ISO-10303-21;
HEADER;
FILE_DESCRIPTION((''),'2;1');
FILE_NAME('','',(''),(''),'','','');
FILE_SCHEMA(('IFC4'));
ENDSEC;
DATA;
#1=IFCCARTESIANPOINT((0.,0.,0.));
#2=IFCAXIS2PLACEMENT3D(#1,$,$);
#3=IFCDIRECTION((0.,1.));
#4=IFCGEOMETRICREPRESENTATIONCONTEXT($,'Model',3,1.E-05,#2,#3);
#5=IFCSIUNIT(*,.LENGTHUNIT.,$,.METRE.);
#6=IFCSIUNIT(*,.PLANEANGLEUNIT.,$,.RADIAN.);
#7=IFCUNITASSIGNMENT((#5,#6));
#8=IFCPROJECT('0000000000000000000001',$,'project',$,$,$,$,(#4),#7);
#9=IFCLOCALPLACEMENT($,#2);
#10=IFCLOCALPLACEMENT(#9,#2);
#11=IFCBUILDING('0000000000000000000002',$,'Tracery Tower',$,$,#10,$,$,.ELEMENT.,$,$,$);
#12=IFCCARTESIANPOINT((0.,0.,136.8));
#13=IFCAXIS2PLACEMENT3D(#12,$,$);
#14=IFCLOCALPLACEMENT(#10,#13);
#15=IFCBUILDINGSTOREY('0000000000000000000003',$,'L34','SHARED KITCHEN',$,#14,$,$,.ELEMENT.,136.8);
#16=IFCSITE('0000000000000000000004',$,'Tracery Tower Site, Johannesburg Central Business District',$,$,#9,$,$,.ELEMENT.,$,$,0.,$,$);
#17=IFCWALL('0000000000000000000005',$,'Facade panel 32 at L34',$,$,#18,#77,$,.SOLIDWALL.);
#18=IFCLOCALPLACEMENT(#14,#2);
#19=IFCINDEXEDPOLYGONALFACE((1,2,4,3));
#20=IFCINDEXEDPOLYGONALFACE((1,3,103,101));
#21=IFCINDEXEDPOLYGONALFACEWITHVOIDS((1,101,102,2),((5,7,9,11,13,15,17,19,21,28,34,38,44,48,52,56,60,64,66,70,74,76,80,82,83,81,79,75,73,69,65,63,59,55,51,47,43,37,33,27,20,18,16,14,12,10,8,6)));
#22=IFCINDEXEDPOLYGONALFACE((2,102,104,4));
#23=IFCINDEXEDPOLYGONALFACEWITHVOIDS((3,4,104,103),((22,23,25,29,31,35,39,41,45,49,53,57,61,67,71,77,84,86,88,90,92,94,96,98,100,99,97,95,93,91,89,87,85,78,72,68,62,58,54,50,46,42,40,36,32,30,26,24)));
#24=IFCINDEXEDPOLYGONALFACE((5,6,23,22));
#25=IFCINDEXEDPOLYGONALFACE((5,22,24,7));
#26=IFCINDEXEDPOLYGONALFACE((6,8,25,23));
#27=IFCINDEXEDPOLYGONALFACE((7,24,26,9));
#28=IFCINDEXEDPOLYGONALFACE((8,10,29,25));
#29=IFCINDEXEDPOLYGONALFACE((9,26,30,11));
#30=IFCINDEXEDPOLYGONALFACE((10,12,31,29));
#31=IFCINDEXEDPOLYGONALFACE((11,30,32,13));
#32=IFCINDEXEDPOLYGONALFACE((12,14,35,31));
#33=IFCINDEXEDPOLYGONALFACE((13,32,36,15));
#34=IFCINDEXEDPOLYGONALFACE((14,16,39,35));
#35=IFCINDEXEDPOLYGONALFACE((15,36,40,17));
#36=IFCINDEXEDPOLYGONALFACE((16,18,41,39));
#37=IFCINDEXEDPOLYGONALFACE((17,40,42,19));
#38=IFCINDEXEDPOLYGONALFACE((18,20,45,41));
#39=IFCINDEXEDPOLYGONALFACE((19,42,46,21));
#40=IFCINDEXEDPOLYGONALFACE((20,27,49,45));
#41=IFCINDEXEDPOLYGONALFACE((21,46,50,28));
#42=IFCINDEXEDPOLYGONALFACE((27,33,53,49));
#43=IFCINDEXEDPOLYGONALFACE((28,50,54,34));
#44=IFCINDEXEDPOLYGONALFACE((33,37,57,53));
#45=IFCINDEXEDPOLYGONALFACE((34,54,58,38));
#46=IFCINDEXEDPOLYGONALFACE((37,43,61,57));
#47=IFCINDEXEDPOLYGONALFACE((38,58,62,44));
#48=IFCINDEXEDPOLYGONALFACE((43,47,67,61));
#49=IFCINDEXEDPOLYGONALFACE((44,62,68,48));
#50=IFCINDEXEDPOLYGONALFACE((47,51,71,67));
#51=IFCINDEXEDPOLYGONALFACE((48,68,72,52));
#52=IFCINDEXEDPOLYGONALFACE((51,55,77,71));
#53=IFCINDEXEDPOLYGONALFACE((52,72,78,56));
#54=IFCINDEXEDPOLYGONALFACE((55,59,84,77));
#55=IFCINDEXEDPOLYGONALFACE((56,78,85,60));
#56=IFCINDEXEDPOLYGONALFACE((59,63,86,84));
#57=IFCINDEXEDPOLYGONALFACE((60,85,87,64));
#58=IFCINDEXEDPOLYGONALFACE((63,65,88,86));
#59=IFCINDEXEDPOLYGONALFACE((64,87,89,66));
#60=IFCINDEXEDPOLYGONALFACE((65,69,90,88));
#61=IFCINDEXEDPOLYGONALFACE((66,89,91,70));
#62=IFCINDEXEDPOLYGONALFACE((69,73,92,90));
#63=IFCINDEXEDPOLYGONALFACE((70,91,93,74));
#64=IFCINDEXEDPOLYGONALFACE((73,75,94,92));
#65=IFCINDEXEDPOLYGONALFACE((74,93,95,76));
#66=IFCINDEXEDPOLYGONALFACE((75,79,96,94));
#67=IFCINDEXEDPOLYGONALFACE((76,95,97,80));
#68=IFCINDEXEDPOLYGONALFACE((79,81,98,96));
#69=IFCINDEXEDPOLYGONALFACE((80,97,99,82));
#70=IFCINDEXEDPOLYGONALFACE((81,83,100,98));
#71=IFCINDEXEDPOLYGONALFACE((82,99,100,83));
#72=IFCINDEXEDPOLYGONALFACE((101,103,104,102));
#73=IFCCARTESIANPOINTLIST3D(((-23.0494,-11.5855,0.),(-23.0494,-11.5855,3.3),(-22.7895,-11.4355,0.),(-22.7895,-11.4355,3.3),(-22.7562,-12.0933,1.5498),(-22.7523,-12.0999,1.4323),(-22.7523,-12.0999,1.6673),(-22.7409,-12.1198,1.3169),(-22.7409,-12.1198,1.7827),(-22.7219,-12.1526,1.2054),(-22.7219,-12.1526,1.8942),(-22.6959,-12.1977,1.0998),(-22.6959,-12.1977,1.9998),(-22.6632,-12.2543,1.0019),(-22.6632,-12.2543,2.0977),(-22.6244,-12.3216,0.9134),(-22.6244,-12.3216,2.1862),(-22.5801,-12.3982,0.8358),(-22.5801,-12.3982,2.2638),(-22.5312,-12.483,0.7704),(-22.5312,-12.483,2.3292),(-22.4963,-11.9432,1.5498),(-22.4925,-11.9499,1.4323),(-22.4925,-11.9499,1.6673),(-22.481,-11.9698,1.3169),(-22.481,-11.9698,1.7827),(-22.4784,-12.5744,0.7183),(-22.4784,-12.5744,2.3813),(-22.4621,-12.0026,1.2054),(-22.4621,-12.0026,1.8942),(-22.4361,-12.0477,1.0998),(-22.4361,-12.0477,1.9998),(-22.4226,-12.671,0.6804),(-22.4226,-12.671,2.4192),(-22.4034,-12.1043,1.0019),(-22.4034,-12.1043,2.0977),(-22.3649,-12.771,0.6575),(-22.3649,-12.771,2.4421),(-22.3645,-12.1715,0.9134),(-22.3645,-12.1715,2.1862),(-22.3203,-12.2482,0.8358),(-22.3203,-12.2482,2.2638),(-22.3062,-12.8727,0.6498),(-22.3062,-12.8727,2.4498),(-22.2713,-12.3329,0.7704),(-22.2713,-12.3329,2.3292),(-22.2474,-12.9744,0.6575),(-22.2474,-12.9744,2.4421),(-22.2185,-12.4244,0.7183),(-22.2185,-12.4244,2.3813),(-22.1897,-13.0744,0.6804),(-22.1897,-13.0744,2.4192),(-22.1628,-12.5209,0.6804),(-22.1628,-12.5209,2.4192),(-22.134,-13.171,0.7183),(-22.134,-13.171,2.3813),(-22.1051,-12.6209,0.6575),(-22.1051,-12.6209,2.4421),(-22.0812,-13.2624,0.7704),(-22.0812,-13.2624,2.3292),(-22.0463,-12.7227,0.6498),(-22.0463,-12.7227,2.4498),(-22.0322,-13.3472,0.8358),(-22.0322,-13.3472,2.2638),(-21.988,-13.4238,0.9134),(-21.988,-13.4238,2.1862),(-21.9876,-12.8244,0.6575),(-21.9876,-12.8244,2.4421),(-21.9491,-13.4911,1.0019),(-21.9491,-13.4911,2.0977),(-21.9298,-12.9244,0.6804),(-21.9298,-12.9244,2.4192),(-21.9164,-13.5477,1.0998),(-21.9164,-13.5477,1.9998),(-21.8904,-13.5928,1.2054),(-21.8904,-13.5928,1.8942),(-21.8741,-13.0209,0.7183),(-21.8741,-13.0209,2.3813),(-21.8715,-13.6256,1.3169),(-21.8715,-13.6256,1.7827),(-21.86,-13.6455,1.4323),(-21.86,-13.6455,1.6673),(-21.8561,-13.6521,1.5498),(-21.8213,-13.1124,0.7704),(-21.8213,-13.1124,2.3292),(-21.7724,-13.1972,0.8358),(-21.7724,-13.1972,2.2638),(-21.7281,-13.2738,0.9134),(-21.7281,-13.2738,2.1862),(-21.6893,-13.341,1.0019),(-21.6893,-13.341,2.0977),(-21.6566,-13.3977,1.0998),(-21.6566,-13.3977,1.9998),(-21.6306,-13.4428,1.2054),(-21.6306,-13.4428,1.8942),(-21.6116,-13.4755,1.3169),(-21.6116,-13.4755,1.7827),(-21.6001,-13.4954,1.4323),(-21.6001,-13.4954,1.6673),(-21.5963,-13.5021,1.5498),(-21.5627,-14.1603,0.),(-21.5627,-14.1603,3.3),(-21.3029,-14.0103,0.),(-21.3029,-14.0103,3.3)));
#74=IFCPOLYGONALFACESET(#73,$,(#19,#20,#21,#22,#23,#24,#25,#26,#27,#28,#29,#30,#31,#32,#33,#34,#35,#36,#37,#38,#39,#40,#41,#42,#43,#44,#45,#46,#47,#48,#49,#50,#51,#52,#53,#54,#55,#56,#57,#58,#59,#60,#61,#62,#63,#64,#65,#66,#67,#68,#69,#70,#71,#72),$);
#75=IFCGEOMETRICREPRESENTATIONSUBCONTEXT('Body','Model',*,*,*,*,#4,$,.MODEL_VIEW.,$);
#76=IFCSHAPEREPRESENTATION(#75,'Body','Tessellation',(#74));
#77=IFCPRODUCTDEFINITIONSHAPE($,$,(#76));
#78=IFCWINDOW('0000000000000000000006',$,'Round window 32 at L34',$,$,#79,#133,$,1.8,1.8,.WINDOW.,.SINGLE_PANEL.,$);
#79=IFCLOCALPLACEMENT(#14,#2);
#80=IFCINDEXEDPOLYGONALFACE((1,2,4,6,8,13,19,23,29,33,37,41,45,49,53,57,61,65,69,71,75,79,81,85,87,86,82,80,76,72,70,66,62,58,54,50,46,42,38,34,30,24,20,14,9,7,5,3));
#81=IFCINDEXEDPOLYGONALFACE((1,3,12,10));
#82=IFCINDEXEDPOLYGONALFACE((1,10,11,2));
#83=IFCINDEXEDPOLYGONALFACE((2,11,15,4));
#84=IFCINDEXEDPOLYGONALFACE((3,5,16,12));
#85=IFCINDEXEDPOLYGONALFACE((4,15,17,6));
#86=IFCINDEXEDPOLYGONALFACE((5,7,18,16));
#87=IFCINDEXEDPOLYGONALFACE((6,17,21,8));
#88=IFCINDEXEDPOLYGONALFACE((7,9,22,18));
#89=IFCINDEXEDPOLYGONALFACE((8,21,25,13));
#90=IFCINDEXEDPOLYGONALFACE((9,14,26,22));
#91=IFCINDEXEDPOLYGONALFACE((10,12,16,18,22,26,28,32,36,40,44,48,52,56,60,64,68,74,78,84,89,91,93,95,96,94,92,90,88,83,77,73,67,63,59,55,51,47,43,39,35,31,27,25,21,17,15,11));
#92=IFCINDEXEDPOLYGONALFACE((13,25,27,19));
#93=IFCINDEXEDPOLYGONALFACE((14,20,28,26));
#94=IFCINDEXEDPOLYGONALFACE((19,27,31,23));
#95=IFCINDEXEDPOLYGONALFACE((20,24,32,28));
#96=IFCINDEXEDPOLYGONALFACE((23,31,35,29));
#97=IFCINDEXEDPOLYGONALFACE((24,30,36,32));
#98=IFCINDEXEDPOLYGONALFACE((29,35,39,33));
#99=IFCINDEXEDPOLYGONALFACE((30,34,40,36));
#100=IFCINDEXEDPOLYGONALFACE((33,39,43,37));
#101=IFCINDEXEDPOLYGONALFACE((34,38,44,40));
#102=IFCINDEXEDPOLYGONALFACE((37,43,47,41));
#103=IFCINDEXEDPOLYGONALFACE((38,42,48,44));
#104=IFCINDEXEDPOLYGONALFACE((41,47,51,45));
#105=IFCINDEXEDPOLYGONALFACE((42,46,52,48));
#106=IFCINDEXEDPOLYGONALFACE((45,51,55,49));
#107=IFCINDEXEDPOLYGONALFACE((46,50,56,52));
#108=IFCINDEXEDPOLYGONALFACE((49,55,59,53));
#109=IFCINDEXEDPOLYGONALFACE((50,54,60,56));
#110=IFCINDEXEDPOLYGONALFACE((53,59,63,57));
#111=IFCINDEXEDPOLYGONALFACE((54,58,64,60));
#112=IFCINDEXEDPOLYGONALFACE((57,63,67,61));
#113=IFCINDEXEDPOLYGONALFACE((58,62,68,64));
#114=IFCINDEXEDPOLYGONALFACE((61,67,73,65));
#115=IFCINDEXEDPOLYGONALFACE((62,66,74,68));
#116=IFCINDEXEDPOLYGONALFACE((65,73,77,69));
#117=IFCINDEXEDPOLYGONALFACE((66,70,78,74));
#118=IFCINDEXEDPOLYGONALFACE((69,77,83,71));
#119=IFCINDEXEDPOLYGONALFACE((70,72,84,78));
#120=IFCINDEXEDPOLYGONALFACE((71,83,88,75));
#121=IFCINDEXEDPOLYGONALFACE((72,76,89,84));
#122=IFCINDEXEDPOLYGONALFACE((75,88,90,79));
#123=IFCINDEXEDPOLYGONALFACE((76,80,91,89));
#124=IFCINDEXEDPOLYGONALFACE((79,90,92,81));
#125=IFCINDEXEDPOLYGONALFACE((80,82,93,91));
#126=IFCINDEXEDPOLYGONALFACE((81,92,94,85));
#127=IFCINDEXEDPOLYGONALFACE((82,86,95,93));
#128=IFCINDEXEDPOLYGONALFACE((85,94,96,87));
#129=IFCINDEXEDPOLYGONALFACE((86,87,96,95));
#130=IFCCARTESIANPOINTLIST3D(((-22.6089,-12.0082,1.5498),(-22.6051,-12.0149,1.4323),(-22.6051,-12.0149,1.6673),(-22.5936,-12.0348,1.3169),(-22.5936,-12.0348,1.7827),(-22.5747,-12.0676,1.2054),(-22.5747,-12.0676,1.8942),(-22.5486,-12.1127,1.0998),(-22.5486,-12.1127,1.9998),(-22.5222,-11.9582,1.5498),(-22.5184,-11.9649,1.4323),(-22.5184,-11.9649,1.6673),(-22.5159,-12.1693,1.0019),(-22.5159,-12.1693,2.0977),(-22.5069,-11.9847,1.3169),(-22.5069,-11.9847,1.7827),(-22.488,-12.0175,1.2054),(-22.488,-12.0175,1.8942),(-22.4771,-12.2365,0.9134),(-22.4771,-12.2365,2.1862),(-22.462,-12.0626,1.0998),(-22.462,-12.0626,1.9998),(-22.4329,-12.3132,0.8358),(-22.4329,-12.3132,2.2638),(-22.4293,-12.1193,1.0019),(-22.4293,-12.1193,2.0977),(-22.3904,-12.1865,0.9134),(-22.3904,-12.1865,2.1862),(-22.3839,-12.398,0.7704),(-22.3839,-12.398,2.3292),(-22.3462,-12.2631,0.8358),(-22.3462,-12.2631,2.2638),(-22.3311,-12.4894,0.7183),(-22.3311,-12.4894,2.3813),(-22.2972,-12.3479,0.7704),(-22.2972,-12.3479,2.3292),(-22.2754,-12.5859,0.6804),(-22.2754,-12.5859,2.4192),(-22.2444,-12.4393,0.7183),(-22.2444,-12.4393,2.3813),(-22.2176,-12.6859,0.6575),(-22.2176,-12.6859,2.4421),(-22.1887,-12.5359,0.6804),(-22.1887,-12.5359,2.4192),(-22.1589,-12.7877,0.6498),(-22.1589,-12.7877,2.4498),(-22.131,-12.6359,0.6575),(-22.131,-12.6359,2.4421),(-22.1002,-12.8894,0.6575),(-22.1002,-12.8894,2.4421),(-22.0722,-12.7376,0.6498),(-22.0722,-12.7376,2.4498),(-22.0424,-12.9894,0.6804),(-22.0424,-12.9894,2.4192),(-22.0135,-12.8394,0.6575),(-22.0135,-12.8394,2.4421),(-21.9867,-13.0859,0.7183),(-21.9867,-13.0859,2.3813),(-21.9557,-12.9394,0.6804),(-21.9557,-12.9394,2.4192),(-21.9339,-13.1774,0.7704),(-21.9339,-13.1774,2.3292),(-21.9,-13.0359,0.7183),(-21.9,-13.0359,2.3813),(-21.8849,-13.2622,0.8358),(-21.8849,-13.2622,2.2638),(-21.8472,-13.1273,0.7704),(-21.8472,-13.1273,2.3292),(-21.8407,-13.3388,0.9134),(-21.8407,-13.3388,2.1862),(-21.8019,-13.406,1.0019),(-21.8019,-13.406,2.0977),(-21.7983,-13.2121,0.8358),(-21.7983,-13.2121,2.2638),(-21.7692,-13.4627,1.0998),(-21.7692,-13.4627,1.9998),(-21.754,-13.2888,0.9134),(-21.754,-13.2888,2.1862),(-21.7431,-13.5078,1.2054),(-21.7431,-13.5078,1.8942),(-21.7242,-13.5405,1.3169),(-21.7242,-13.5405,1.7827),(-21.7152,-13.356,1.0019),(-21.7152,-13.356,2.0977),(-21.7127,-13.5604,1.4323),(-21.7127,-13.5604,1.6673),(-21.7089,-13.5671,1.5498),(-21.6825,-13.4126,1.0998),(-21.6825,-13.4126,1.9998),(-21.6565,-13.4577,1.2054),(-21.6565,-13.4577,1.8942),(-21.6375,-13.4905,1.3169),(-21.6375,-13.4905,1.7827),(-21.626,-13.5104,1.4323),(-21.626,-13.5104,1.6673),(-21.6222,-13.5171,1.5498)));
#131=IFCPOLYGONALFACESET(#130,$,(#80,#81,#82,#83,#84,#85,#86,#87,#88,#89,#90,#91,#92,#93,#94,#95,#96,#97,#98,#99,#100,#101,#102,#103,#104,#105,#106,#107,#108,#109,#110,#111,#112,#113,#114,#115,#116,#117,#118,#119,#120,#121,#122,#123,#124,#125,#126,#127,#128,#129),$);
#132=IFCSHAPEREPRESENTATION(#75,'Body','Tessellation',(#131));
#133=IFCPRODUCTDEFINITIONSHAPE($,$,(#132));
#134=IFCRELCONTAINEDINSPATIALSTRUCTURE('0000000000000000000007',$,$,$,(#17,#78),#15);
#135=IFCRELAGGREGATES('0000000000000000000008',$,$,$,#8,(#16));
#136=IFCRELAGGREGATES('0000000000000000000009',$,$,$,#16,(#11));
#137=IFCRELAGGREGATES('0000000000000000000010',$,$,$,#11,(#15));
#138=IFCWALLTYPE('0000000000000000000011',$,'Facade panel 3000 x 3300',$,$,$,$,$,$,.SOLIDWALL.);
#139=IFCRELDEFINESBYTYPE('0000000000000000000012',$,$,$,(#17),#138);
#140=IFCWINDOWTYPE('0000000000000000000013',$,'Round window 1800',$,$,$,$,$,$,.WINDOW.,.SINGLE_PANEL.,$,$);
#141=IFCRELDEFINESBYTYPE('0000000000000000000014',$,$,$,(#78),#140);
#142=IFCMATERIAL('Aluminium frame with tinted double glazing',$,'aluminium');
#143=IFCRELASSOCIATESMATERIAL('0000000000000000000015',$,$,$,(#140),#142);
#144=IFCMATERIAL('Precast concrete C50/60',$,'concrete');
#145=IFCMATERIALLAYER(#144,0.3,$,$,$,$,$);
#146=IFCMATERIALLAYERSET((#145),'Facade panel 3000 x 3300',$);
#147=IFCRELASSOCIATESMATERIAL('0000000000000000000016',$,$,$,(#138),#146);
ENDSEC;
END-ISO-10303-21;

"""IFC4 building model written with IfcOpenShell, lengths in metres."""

from ifc_helpers import new_model, si_unit, direction, frame, frame_2d, origin, origin_2d, place, context, subcontext, project, spatial, rectangle, circle, extrude, material, layer, layer_set, type_object, element, fill, save


model = new_model("IFC4")

# Units and contexts
model_context = context("Model", 3, precision=1e-05, world=origin(), true_north=direction((0.0, 1.0)))
body_context = subcontext(model_context, "Body", "Model", "MODEL_VIEW")
ifc_project = project(units=[si_unit("LENGTHUNIT", "METRE"), si_unit("PLANEANGLEUNIT", "RADIAN")], contexts=[model_context])

# Site, building, storey
site_placement = place(None, origin())
site = spatial("IfcSite", under=ifc_project, at=site_placement, Name="Tracery Tower Site, Johannesburg Central Business District", CompositionType="ELEMENT", RefElevation=0.0)
building_placement = place(site_placement, origin())
building = spatial("IfcBuilding", under=site, at=building_placement, Name="Tracery Tower", CompositionType="ELEMENT")
storey_placement = place(building_placement, frame((0.0, 0.0, 136.8)))
storey = spatial("IfcBuildingStorey", under=building, at=storey_placement, Name="L34", Description="SHARED KITCHEN", CompositionType="ELEMENT", Elevation=136.8)

# Wall, opening, window
ifc_material_1 = material(Name="Aluminium frame with tinted double glazing", Category="aluminium")
window_type = type_object("IfcWindowType", Name="Round window 1800", PartitioningType="SINGLE_PANEL", PredefinedType="WINDOW", material=ifc_material_1)
ifc_material_2 = material(Name="Precast concrete C50/60", Category="concrete")
ifc_layer_1 = layer(ifc_material_2, 0.3)
ifc_layer_set_1 = layer_set([ifc_layer_1], Name="Facade panel 3000 x 3300")
wall_type_1 = type_object("IfcWallType", Name="Facade panel 3000 x 3300", PredefinedType="SOLIDWALL", material=ifc_layer_set_1)
wall_1_placement = place(storey_placement, frame((-22.9194, -11.5105, 0.0), z_axis=(0.0, 0.0, 1.0), x_axis=(0.500016, -0.866016, 0.0)))
wall_1 = element("IfcWall", 1, at=wall_1_placement, inside=storey, type_object=wall_type_1, Name="Facade panel 32 at L34", PredefinedType="SOLIDWALL", context=body_context, shape_type="SweptSolid", body=[
    extrude(rectangle(XDim=2.9731, YDim=0.3, at=frame_2d((1.4866, 0.0))), origin(), (0.0, 0.0, 1.0), 3.3),
])
opening_1_placement = place(wall_1_placement, frame((1.4863, 0.0, 1.5498)))
opening_1 = element("IfcOpeningElement", 2, at=opening_1_placement, cuts=wall_1, PredefinedType="OPENING", context=body_context, shape_type="SweptSolid", body=[
    extrude(circle(Radius=0.9, at=origin_2d()), frame((0.0, 0.1599, 0.0), z_axis=(0.0, -1.0, 0.0), x_axis=(1.0, 0.0, 0.0)), (0.0, 0.0, 1.0), 0.3201),
])
window_1_placement = place(opening_1_placement, origin())
window_1 = element("IfcWindow", 3, at=window_1_placement, inside=storey, type_object=window_type, Name="Round window 32 at L34", OverallHeight=1.8, OverallWidth=1.8, PartitioningType="SINGLE_PANEL", PredefinedType="WINDOW", context=body_context, shape_type="SweptSolid", body=[
    extrude(circle(Radius=0.9, at=origin_2d()), frame((0.0, 0.1201, 0.0), z_axis=(0.0, -1.0, 0.0), x_axis=(1.0, 0.0, 0.0)), (0.0, 0.0, 1.0), 0.1001),
])
fill(opening_1, window_1)

save(model, "model.ifc")
